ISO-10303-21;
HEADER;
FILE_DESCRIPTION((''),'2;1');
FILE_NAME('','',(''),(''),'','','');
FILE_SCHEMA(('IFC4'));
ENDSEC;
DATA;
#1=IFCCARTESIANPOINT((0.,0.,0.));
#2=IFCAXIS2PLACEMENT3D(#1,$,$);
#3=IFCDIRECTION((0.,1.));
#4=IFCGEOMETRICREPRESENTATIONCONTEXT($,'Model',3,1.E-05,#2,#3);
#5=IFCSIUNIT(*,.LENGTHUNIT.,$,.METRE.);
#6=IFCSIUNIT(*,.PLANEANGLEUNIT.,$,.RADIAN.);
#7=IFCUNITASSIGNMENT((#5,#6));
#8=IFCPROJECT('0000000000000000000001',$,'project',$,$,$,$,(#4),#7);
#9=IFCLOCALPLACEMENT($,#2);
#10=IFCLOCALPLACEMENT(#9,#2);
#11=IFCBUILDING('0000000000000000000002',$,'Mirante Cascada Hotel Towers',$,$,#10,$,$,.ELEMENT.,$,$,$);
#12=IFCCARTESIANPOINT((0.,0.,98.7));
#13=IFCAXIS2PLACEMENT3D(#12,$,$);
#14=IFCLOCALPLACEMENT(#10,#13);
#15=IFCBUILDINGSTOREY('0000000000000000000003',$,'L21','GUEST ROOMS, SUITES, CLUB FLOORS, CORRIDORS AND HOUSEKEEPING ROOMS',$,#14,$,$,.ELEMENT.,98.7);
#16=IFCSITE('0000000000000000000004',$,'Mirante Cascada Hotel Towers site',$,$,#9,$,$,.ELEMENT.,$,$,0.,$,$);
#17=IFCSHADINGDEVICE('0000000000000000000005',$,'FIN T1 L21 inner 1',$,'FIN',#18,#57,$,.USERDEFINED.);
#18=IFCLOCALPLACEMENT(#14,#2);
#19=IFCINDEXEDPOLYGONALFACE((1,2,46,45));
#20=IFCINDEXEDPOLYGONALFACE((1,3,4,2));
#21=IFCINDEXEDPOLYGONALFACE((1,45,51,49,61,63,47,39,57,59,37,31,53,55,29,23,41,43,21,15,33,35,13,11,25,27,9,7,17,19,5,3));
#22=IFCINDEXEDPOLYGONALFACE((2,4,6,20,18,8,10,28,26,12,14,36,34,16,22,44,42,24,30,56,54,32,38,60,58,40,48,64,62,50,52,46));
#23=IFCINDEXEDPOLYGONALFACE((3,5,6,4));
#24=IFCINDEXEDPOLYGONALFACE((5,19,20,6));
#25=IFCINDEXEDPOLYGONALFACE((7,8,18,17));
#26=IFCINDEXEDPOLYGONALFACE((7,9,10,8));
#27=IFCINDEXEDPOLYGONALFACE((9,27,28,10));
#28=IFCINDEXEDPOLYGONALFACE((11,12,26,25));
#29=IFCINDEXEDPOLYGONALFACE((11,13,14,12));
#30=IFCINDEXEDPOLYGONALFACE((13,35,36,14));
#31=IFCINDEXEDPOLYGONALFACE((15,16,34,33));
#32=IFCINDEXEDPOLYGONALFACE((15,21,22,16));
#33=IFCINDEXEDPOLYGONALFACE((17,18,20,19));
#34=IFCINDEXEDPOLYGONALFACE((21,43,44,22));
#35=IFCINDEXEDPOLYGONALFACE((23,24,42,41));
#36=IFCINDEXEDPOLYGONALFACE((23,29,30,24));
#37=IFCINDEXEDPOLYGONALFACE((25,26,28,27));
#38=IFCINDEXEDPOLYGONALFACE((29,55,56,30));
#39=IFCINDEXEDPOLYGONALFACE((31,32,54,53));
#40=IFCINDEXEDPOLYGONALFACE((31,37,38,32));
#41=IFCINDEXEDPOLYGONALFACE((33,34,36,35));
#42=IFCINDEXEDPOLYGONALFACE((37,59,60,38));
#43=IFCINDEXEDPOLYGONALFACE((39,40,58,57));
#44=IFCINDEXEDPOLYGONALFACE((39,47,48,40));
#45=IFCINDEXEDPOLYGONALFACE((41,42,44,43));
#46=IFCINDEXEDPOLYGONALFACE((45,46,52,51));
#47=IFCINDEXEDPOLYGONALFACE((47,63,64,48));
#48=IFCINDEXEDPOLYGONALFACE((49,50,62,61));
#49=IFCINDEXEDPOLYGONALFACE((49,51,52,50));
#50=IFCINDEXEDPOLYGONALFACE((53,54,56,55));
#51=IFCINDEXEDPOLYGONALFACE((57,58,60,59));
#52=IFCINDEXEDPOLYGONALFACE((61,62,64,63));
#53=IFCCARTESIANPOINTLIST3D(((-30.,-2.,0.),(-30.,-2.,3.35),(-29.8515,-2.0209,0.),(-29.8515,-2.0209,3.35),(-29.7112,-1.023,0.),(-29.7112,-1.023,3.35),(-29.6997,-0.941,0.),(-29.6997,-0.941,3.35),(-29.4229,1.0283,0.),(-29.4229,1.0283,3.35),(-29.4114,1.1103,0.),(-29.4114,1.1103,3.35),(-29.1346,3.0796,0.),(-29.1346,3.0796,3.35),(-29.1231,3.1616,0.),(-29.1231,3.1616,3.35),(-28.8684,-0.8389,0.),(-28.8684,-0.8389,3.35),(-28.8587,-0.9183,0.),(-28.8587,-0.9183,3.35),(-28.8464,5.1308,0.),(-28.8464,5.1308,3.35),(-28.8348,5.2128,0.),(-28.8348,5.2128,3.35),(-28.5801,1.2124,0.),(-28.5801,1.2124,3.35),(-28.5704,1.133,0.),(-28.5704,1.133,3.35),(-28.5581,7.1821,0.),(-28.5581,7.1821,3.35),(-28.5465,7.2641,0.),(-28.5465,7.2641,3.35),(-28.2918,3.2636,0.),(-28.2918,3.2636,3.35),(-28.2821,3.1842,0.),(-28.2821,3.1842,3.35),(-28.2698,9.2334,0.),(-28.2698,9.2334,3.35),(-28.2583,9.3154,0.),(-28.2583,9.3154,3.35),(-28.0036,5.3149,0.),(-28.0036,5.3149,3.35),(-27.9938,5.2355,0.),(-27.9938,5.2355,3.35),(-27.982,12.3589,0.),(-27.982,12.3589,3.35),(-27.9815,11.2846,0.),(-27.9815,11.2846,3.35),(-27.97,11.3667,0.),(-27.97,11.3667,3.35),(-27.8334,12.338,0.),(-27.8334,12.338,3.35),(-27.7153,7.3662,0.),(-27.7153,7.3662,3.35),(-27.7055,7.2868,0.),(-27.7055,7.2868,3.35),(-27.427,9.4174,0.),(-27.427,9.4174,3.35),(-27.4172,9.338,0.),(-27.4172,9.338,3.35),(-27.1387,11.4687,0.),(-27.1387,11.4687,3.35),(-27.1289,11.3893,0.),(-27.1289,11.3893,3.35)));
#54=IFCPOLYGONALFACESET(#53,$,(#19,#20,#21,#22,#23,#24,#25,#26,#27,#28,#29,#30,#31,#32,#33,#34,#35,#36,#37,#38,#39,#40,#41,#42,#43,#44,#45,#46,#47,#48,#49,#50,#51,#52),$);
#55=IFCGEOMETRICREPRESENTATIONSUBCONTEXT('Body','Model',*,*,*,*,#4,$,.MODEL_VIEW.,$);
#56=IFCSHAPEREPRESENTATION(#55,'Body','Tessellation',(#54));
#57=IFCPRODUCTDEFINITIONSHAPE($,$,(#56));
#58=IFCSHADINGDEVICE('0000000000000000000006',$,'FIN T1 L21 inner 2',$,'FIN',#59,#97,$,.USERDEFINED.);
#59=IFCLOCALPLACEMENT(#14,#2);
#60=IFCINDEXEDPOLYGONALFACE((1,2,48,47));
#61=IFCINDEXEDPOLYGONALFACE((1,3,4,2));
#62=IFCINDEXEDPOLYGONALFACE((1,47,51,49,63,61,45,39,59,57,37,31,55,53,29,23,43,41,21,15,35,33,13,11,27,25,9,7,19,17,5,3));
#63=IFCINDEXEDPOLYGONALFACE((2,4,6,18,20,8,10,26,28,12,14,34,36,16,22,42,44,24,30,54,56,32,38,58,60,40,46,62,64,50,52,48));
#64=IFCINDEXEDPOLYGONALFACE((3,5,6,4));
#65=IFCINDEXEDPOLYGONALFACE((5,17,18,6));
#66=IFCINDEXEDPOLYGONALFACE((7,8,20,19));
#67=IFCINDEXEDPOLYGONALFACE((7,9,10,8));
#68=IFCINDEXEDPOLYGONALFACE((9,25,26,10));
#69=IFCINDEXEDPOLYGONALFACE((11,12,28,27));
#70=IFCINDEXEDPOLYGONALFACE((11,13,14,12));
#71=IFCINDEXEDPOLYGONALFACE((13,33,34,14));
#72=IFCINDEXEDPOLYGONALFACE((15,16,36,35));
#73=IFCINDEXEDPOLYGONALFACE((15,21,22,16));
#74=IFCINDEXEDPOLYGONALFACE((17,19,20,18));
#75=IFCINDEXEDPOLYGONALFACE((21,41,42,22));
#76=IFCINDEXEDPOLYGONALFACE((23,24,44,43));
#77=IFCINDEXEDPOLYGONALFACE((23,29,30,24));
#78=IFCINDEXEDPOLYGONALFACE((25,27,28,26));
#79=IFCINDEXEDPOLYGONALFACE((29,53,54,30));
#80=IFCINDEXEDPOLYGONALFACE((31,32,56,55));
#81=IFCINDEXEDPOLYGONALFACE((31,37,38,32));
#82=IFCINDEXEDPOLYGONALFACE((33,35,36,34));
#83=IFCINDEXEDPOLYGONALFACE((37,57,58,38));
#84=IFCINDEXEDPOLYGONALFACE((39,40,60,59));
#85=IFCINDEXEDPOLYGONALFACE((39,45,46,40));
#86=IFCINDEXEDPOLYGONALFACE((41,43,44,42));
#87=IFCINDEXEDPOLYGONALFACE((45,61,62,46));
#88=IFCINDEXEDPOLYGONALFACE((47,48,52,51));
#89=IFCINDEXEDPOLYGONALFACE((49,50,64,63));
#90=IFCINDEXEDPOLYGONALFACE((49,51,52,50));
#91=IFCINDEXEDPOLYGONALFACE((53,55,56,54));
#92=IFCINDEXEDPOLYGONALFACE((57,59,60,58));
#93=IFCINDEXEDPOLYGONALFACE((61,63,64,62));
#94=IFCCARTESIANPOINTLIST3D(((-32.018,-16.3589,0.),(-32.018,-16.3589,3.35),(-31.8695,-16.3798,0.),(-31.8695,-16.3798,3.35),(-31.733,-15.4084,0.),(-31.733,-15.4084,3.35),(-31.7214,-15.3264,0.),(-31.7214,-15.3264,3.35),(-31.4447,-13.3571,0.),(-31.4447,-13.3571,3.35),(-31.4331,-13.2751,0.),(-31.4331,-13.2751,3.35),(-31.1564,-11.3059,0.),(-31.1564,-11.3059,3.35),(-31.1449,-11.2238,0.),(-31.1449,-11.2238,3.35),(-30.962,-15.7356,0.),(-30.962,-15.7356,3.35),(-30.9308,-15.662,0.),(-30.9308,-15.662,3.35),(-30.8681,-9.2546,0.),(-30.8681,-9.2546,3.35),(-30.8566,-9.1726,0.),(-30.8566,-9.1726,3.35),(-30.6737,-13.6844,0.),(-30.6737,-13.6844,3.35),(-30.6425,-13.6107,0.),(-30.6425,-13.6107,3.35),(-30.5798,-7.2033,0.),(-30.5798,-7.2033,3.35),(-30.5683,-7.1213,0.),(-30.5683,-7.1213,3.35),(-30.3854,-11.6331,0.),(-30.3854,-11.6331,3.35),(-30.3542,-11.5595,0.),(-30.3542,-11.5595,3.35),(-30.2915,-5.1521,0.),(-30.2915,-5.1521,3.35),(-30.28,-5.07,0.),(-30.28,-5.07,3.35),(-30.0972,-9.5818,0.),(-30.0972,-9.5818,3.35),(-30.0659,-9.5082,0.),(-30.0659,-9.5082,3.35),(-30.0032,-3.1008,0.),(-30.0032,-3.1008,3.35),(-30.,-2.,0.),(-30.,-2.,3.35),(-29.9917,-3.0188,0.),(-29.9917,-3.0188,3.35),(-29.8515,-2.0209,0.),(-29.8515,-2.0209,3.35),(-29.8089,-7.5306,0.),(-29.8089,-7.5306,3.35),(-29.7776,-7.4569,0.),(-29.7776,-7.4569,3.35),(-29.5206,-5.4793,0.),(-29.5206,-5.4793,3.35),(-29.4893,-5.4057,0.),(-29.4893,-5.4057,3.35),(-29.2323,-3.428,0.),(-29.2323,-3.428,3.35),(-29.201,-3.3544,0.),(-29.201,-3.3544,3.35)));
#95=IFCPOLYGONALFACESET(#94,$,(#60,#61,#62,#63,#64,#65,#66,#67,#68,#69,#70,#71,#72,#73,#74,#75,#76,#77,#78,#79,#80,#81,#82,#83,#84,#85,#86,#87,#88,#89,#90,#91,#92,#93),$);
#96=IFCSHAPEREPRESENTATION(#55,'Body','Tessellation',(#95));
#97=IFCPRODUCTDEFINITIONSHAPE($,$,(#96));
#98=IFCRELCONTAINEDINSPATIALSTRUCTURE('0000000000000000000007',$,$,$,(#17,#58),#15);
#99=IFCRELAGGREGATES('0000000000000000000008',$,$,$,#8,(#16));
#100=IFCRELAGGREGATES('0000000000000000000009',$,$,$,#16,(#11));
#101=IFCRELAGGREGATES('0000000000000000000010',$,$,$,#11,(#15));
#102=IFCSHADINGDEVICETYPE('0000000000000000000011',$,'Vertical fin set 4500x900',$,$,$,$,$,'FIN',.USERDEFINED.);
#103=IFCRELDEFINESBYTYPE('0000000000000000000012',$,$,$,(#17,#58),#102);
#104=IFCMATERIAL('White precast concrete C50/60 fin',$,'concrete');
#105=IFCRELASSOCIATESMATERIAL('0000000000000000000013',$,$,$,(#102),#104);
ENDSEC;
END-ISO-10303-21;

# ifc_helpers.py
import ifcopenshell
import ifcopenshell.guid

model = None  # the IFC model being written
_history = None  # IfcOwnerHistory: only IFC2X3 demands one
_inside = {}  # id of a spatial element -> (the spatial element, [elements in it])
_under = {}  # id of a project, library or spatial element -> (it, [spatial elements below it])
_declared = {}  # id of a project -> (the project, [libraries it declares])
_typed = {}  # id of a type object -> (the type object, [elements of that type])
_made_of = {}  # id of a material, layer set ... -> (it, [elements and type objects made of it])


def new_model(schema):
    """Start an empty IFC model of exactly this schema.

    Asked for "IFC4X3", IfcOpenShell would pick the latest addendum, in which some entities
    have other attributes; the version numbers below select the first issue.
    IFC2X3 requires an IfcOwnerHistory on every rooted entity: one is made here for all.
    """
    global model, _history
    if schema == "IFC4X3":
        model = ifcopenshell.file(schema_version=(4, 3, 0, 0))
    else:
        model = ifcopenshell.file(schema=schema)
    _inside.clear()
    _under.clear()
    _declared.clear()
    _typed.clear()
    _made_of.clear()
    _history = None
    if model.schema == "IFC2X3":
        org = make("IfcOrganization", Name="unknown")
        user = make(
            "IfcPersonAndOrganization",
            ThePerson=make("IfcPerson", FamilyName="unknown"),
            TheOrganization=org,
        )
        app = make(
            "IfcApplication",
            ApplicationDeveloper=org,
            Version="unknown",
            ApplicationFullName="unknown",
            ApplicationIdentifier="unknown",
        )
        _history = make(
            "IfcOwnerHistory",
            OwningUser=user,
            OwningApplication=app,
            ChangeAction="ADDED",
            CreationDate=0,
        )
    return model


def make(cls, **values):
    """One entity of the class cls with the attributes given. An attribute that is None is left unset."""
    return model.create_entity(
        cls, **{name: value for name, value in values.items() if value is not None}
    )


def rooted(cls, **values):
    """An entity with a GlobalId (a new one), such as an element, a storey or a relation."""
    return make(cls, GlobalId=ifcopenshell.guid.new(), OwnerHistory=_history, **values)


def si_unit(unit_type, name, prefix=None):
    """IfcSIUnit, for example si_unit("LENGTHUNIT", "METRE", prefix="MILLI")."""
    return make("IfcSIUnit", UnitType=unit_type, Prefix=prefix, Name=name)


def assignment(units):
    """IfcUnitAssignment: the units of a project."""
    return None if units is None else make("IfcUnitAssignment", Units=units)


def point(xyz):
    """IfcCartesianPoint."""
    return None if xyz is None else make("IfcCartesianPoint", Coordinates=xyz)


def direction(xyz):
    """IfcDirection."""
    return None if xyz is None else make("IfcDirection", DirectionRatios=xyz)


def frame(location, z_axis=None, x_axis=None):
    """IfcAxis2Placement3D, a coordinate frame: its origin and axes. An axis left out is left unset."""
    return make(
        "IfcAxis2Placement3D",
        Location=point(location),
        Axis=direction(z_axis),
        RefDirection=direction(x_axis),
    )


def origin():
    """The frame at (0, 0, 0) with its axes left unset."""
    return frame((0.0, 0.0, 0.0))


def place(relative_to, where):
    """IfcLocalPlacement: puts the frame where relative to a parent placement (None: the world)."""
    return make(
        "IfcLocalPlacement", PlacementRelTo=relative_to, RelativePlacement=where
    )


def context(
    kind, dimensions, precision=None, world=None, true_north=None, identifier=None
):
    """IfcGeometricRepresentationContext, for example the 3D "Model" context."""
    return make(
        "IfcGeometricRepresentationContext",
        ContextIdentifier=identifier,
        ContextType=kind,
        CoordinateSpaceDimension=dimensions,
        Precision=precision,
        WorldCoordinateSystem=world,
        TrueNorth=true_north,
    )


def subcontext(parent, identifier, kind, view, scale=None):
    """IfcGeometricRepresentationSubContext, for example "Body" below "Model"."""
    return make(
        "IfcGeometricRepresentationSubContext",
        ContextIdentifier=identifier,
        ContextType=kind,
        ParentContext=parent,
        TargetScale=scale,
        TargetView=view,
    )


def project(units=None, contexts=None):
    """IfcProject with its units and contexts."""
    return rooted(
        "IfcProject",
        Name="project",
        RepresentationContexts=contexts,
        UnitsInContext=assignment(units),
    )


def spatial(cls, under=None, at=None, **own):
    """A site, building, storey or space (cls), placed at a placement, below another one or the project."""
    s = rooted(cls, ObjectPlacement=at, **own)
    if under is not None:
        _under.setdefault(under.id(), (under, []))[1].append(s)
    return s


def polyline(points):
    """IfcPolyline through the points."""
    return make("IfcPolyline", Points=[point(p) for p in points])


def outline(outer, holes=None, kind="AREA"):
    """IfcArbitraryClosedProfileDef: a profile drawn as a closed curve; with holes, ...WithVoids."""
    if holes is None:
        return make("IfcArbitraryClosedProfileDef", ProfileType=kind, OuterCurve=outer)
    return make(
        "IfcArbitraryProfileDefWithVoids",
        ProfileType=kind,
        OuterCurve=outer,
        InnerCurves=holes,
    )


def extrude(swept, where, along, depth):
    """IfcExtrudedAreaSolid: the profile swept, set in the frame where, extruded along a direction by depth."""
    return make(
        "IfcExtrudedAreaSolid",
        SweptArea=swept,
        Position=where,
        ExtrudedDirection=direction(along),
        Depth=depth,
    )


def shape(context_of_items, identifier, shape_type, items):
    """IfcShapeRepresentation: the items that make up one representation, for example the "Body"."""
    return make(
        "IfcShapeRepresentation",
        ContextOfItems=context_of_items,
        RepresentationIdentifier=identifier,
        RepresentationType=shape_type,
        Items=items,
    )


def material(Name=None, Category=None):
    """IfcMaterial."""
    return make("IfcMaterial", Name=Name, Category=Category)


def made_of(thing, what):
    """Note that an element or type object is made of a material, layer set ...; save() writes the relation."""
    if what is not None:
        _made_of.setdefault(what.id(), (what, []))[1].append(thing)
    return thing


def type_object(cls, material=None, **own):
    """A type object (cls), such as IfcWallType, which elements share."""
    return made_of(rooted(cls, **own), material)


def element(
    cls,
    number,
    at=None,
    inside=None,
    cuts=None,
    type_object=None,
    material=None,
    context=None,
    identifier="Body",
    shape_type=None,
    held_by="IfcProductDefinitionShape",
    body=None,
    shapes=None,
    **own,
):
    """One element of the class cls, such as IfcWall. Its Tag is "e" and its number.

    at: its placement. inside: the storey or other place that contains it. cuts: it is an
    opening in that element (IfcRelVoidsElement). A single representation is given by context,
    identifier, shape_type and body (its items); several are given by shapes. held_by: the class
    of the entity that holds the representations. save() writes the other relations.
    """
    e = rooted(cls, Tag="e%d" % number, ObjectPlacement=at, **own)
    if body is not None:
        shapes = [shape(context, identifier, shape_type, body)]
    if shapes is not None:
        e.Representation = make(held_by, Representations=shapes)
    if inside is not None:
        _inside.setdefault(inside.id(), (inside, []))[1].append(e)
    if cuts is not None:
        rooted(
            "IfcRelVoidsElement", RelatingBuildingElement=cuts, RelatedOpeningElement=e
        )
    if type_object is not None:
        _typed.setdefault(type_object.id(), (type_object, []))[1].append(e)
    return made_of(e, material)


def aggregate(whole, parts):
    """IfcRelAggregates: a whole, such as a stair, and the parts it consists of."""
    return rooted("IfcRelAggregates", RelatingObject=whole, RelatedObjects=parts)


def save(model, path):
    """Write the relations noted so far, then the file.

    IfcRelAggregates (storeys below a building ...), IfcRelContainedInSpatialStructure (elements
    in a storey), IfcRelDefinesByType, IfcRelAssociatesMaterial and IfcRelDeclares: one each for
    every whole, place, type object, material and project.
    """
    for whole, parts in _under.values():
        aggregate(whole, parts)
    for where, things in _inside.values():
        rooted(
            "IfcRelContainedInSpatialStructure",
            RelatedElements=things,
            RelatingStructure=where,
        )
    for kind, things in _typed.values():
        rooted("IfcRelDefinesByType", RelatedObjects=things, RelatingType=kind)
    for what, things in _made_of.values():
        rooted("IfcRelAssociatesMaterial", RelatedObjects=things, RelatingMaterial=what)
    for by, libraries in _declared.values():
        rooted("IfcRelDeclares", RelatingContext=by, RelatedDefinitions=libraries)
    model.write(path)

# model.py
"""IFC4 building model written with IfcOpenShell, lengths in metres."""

from ifc_helpers import new_model, si_unit, direction, frame, origin, place, context, subcontext, project, spatial, polyline, outline, extrude, material, type_object, element, save


model = new_model("IFC4")

# Units and contexts
model_context = context("Model", 3, precision=1e-05, world=origin(), true_north=direction((0.0, 1.0)))
body_context = subcontext(model_context, "Body", "Model", "MODEL_VIEW")
ifc_project = project(units=[si_unit("LENGTHUNIT", "METRE"), si_unit("PLANEANGLEUNIT", "RADIAN")], contexts=[model_context])

# Site, building, storey
site_placement = place(None, origin())
site = spatial("IfcSite", under=ifc_project, at=site_placement, Name="Mirante Cascada Hotel Towers site", CompositionType="ELEMENT", RefElevation=0.0)
building_placement = place(site_placement, origin())
building = spatial("IfcBuilding", under=site, at=building_placement, Name="Mirante Cascada Hotel Towers", CompositionType="ELEMENT")
storey_placement = place(building_placement, frame((0.0, 0.0, 98.7)))
storey = spatial("IfcBuildingStorey", under=building, at=storey_placement, Name="L21", Description="GUEST ROOMS, SUITES, CLUB FLOORS, CORRIDORS AND HOUSEKEEPING ROOMS", CompositionType="ELEMENT", Elevation=98.7)

# Shading devices
ifc_material_1 = material(Name="White precast concrete C50/60 fin", Category="concrete")
shading_device_type = type_object("IfcShadingDeviceType", Name="Vertical fin set 4500x900", ElementType="FIN", PredefinedType="USERDEFINED", material=ifc_material_1)
shading_device_1_placement = place(storey_placement, origin())
element("IfcShadingDevice", 1, at=shading_device_1_placement, inside=storey, type_object=shading_device_type, Name="FIN T1 L21 inner 1", ObjectType="FIN", PredefinedType="USERDEFINED", context=body_context, shape_type="SweptSolid", body=[
    extrude(outline(polyline([(-29.7112, -1.023), (-29.8515, -2.0209), (-30.0, -2.0), (-27.982, 12.3589), (-27.8334, 12.338), (-27.97, 11.3667), (-27.1387, 11.4687), (-27.1289, 11.3893), (-27.9815, 11.2846), (-28.2583, 9.3154), (-27.427, 9.4174), (-27.4172, 9.338), (-28.2698, 9.2334), (-28.5465, 7.2641), (-27.7153, 7.3662), (-27.7055, 7.2868), (-28.5581, 7.1821), (-28.8348, 5.2128), (-28.0036, 5.3149), (-27.9938, 5.2355), (-28.8464, 5.1308), (-29.1231, 3.1616), (-28.2918, 3.2636), (-28.2821, 3.1842), (-29.1346, 3.0796), (-29.4114, 1.1103), (-28.5801, 1.2124), (-28.5704, 1.133), (-29.4229, 1.0283), (-29.6997, -0.941), (-28.8684, -0.8389), (-28.8587, -0.9183), (-29.7112, -1.023)])), origin(), (0.0, 0.0, 1.0), 3.35),
])
shading_device_2_placement = place(storey_placement, origin())
element("IfcShadingDevice", 2, at=shading_device_2_placement, inside=storey, type_object=shading_device_type, Name="FIN T1 L21 inner 2", ObjectType="FIN", PredefinedType="USERDEFINED", context=body_context, shape_type="SweptSolid", body=[
    extrude(outline(polyline([(-31.733, -15.4084), (-31.8695, -16.3798), (-32.018, -16.3589), (-30.0, -2.0), (-29.8515, -2.0209), (-29.9917, -3.0188), (-29.201, -3.3544), (-29.2323, -3.428), (-30.0032, -3.1008), (-30.28, -5.07), (-29.4893, -5.4057), (-29.5206, -5.4793), (-30.2915, -5.1521), (-30.5683, -7.1213), (-29.7776, -7.4569), (-29.8089, -7.5306), (-30.5798, -7.2033), (-30.8566, -9.1726), (-30.0659, -9.5082), (-30.0972, -9.5818), (-30.8681, -9.2546), (-31.1449, -11.2238), (-30.3542, -11.5595), (-30.3854, -11.6331), (-31.1564, -11.3059), (-31.4331, -13.2751), (-30.6425, -13.6107), (-30.6737, -13.6844), (-31.4447, -13.3571), (-31.7214, -15.3264), (-30.9308, -15.662), (-30.962, -15.7356), (-31.733, -15.4084)])), origin(), (0.0, 0.0, 1.0), 3.35),
])

save(model, "model.ifc")
